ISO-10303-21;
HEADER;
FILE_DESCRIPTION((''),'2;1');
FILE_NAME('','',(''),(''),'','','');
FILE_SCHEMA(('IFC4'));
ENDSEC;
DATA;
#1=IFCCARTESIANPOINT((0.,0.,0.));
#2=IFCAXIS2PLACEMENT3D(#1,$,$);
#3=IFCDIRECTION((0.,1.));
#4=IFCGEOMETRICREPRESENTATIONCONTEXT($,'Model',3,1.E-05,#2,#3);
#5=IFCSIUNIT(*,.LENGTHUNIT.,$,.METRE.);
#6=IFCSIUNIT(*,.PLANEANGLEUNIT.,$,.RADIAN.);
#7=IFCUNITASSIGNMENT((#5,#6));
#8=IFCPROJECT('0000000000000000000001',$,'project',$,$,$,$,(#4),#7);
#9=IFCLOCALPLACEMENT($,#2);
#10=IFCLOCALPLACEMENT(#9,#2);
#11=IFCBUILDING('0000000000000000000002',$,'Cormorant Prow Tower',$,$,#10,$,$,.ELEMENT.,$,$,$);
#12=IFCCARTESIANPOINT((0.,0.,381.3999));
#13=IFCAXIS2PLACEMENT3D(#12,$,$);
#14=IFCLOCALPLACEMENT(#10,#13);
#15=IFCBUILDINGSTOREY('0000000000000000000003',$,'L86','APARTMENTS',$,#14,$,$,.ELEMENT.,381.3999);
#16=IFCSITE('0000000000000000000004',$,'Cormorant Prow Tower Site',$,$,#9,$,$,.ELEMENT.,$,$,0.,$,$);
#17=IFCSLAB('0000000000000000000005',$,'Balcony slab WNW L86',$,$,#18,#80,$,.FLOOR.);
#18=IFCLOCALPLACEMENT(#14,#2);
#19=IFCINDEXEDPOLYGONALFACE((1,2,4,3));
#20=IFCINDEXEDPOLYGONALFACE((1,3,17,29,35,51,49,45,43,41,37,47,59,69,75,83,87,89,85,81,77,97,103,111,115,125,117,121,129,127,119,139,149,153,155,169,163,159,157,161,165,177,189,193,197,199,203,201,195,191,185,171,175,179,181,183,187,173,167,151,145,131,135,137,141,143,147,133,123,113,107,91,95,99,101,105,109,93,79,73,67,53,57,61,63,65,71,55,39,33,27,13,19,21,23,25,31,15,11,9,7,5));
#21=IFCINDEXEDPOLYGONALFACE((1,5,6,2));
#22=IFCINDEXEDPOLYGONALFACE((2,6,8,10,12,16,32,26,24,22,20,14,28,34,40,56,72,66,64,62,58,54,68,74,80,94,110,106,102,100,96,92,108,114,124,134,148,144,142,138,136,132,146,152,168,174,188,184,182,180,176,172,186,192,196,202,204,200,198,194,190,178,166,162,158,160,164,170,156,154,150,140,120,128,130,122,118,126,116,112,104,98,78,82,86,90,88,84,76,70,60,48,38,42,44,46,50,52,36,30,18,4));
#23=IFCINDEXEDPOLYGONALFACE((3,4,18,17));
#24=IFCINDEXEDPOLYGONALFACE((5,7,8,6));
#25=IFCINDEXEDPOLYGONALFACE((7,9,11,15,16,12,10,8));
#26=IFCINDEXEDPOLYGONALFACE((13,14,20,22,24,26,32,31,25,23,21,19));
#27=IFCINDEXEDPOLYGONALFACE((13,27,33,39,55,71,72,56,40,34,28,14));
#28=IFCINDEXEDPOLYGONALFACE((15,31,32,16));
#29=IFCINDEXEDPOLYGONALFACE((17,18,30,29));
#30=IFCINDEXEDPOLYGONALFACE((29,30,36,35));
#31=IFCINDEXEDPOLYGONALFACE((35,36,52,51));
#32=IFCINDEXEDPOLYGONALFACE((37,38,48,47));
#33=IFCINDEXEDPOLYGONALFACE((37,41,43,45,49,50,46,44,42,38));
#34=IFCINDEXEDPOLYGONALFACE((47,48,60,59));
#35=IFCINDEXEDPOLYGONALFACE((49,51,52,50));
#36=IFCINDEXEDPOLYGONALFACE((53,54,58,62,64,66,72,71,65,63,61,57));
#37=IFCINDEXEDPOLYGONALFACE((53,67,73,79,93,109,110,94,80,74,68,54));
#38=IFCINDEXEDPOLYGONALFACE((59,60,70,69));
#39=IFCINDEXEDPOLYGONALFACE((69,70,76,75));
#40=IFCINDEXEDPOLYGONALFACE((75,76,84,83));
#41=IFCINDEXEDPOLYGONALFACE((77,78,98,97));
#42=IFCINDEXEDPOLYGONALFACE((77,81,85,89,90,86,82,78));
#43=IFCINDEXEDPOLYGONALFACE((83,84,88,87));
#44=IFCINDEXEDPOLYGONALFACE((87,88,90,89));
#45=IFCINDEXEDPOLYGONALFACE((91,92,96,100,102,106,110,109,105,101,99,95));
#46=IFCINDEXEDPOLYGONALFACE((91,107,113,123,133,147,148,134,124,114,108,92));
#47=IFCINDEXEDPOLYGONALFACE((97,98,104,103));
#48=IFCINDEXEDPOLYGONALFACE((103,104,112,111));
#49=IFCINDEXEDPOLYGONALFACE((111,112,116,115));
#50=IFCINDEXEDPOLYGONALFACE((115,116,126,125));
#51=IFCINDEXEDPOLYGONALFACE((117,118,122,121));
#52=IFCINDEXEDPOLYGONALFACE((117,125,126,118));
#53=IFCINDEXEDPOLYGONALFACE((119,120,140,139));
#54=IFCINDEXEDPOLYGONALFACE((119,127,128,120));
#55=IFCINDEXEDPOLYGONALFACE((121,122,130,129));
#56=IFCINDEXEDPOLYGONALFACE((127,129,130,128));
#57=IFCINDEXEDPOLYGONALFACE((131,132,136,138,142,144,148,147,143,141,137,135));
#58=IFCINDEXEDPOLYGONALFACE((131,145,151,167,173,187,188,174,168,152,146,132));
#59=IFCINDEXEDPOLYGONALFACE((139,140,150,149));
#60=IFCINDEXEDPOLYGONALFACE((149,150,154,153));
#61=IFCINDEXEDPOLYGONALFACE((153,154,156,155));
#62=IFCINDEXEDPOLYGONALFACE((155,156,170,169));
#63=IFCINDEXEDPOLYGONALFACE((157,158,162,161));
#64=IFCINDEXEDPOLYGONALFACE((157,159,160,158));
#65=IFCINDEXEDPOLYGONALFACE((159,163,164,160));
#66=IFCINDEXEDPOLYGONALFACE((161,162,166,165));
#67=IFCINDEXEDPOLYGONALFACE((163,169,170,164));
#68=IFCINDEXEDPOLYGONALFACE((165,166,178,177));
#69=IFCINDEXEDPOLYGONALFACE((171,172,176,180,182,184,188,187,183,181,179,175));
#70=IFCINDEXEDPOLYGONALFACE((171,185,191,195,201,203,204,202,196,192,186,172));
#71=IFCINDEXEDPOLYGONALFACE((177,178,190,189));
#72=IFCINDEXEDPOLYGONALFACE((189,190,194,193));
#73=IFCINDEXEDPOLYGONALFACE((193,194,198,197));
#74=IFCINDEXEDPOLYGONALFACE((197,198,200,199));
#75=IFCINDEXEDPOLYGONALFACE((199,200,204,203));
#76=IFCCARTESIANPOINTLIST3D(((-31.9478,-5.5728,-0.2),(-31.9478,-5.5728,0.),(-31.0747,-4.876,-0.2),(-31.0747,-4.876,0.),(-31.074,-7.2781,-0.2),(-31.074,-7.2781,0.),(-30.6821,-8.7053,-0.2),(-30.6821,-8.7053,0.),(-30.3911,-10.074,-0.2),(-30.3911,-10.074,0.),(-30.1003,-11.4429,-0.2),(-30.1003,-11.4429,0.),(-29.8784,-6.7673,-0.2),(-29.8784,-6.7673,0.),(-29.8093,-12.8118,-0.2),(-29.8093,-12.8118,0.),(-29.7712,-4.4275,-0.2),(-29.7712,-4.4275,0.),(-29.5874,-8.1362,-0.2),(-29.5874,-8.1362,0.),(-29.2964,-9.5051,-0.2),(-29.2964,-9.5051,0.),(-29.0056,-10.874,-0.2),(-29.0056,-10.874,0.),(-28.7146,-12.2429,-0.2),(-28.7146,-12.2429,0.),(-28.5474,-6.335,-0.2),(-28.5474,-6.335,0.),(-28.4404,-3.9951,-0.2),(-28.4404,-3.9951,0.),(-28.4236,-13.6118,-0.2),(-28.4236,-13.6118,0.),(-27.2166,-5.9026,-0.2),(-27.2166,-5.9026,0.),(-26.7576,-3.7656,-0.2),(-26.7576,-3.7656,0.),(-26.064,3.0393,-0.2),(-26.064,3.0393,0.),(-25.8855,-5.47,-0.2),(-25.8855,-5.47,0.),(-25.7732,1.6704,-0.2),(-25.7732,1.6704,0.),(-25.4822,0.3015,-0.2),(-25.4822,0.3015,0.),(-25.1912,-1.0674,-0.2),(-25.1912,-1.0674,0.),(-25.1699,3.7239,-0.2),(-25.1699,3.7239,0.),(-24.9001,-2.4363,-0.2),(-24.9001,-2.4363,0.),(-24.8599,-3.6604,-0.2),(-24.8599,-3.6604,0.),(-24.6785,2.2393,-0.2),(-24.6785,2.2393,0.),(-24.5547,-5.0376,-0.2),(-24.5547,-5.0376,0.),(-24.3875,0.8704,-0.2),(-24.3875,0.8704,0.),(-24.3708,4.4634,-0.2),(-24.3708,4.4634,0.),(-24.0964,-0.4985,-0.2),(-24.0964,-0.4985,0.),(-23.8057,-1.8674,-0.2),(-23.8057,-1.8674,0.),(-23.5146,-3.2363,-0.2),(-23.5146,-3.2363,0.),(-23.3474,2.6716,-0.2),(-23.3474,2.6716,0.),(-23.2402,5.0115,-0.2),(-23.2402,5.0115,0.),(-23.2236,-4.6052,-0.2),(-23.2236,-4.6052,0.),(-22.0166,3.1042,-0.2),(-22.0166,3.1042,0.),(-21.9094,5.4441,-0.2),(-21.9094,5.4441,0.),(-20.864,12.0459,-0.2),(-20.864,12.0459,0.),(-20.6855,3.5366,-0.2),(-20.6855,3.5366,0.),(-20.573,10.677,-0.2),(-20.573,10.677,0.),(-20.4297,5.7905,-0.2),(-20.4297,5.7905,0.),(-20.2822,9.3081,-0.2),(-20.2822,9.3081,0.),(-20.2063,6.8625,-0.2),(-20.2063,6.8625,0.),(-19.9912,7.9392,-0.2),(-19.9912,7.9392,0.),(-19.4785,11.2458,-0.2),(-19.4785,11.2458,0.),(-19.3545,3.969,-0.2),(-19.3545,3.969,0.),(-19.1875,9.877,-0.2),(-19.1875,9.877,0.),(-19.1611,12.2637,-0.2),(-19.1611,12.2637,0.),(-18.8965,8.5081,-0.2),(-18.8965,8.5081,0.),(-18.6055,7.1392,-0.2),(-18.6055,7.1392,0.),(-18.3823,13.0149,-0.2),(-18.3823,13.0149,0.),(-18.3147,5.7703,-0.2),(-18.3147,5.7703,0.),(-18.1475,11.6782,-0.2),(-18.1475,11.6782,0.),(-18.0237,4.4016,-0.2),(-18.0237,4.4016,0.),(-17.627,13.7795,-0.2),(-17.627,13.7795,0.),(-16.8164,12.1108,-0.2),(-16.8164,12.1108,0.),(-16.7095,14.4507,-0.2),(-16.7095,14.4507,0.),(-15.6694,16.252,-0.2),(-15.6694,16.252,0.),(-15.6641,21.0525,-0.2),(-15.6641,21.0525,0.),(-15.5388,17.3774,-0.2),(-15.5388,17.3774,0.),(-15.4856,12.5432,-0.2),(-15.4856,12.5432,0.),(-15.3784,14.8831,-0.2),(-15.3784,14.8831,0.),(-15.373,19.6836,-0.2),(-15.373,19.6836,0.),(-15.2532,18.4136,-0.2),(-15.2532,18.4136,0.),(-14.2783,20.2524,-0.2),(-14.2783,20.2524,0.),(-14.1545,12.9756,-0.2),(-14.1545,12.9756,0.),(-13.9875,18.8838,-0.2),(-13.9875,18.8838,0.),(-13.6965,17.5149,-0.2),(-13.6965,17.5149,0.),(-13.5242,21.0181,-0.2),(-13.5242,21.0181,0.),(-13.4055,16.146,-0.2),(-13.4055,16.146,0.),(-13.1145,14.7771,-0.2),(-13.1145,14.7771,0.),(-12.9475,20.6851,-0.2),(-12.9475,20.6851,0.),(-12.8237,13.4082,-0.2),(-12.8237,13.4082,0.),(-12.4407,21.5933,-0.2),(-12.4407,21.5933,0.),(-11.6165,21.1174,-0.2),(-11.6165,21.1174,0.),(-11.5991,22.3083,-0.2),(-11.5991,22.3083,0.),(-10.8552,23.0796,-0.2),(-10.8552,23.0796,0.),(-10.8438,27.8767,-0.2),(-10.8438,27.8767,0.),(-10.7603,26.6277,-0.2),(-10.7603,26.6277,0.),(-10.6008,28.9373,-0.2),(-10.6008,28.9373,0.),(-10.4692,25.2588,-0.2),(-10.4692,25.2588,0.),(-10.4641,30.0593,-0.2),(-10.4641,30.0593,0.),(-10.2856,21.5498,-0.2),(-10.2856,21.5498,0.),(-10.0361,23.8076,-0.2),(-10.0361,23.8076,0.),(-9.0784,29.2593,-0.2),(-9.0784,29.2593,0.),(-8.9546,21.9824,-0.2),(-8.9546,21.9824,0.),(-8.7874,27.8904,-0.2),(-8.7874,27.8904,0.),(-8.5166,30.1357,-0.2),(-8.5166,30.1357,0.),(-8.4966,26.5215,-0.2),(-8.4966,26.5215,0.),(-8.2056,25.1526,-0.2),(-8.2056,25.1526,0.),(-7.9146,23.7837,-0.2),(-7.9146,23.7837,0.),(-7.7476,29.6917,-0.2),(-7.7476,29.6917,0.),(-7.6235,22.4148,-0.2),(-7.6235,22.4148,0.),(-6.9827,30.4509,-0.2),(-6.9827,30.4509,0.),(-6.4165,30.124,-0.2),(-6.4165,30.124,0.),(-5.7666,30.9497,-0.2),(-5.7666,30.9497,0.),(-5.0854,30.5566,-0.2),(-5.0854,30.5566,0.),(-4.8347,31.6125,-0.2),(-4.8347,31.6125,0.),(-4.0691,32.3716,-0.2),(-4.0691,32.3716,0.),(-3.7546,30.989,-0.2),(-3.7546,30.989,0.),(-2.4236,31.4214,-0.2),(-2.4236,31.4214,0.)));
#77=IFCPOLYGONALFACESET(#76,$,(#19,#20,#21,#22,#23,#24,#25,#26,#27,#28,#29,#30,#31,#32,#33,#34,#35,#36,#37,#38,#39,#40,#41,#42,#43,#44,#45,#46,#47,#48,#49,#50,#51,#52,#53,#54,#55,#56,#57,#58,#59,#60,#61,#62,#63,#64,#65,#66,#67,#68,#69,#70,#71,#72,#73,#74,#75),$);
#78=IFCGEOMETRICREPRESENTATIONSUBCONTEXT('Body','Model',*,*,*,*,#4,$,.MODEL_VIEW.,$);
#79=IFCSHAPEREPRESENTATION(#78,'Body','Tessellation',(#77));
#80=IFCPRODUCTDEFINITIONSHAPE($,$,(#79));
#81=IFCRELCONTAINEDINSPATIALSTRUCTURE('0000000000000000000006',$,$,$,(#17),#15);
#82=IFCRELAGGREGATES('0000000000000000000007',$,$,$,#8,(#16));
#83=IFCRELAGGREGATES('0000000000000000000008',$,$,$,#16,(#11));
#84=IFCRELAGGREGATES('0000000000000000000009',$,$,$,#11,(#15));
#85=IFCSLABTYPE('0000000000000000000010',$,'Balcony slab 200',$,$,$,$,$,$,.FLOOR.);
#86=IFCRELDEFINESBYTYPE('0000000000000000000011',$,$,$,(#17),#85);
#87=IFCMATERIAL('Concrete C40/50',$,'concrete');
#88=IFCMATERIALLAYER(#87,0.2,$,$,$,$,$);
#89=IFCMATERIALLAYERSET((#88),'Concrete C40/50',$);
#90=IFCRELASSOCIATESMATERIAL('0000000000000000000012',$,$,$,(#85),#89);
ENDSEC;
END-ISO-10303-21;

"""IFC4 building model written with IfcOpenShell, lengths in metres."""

from ifc_helpers import new_model, si_unit, direction, frame, origin, place, context, subcontext, project, spatial, polyline, outline, extrude, material, layer, layer_set, type_object, element, save


model = new_model("IFC4")

# Units and contexts
model_context = context("Model", 3, precision=1e-05, world=origin(), true_north=direction((0.0, 1.0)))
body_context = subcontext(model_context, "Body", "Model", "MODEL_VIEW")
ifc_project = project(units=[si_unit("LENGTHUNIT", "METRE"), si_unit("PLANEANGLEUNIT", "RADIAN")], contexts=[model_context])

# Site, building, storey
site_placement = place(None, origin())
site = spatial("IfcSite", under=ifc_project, at=site_placement, Name="Cormorant Prow Tower Site", CompositionType="ELEMENT", RefElevation=0.0)
building_placement = place(site_placement, origin())
building = spatial("IfcBuilding", under=site, at=building_placement, Name="Cormorant Prow Tower", CompositionType="ELEMENT")
storey_placement = place(building_placement, frame((0.0, 0.0, 381.3999)))
storey = spatial("IfcBuildingStorey", under=building, at=storey_placement, Name="L86", Description="APARTMENTS", CompositionType="ELEMENT", Elevation=381.3999)

# Slab
ifc_material_1 = material(Name="Concrete C40/50", Category="concrete")
ifc_layer_1 = layer(ifc_material_1, 0.2)
ifc_layer_set_1 = layer_set([ifc_layer_1], Name="Concrete C40/50")
slab_type_1 = type_object("IfcSlabType", Name="Balcony slab 200", PredefinedType="FLOOR", material=ifc_layer_set_1)
slab_1_placement = place(storey_placement, frame((0.0, 0.0, -0.2)))
element("IfcSlab", 1, at=slab_1_placement, inside=storey, type_object=slab_type_1, Name="Balcony slab WNW L86", PredefinedType="FLOOR", context=body_context, shape_type="SweptSolid", body=[
    extrude(outline(polyline([(-2.4236, 31.4214), (-4.0691, 32.3716), (-4.8347, 31.6125), (-5.7666, 30.9497), (-6.9827, 30.4509), (-8.5166, 30.1357), (-10.4641, 30.0593), (-10.6008, 28.9373), (-10.8438, 27.8767), (-10.7603, 26.6277), (-10.4692, 25.2588), (-10.0361, 23.8076), (-10.8552, 23.0796), (-11.5991, 22.3083), (-12.4407, 21.5933), (-13.5242, 21.0181), (-15.6641, 21.0525), (-15.373, 19.6836), (-15.2532, 18.4136), (-15.5388, 17.3774), (-15.6694, 16.252), (-15.3784, 14.8831), (-16.7095, 14.4507), (-17.627, 13.7795), (-18.3823, 13.0149), (-19.1611, 12.2637), (-20.864, 12.0459), (-20.573, 10.677), (-20.2822, 9.3081), (-19.9912, 7.9392), (-20.2063, 6.8625), (-20.4297, 5.7905), (-21.9094, 5.4441), (-23.2402, 5.0115), (-24.3708, 4.4634), (-25.1699, 3.7239), (-26.064, 3.0393), (-25.7732, 1.6704), (-25.4822, 0.3015), (-25.1912, -1.0674), (-24.9001, -2.4363), (-24.8599, -3.6604), (-26.7576, -3.7656), (-28.4404, -3.9951), (-29.7712, -4.4275), (-31.0747, -4.876), (-31.9478, -5.5728), (-31.074, -7.2781), (-30.6821, -8.7053), (-30.3911, -10.074), (-30.1003, -11.4429), (-29.8093, -12.8118), (-28.4236, -13.6118), (-28.7146, -12.2429), (-29.0056, -10.874), (-29.2964, -9.5051), (-29.5874, -8.1362), (-29.8784, -6.7673), (-28.5474, -6.335), (-27.2166, -5.9026), (-25.8855, -5.47), (-24.5547, -5.0376), (-23.2236, -4.6052), (-23.5146, -3.2363), (-23.8057, -1.8674), (-24.0964, -0.4985), (-24.3875, 0.8704), (-24.6785, 2.2393), (-23.3474, 2.6716), (-22.0166, 3.1042), (-20.6855, 3.5366), (-19.3545, 3.969), (-18.0237, 4.4016), (-18.3147, 5.7703), (-18.6055, 7.1392), (-18.8965, 8.5081), (-19.1875, 9.877), (-19.4785, 11.2458), (-18.1475, 11.6782), (-16.8164, 12.1108), (-15.4856, 12.5432), (-14.1545, 12.9756), (-12.8237, 13.4082), (-13.1145, 14.7771), (-13.4055, 16.146), (-13.6965, 17.5149), (-13.9875, 18.8838), (-14.2783, 20.2524), (-12.9475, 20.6851), (-11.6165, 21.1174), (-10.2856, 21.5498), (-8.9546, 21.9824), (-7.6235, 22.4148), (-7.9146, 23.7837), (-8.2056, 25.1526), (-8.4966, 26.5215), (-8.7874, 27.8904), (-9.0784, 29.2593), (-7.7476, 29.6917), (-6.4165, 30.124), (-5.0854, 30.5566), (-3.7546, 30.989), (-2.4236, 31.4214)])), origin(), (0.0, 0.0, 1.0), 0.2),
])

save(model, "model.ifc")
